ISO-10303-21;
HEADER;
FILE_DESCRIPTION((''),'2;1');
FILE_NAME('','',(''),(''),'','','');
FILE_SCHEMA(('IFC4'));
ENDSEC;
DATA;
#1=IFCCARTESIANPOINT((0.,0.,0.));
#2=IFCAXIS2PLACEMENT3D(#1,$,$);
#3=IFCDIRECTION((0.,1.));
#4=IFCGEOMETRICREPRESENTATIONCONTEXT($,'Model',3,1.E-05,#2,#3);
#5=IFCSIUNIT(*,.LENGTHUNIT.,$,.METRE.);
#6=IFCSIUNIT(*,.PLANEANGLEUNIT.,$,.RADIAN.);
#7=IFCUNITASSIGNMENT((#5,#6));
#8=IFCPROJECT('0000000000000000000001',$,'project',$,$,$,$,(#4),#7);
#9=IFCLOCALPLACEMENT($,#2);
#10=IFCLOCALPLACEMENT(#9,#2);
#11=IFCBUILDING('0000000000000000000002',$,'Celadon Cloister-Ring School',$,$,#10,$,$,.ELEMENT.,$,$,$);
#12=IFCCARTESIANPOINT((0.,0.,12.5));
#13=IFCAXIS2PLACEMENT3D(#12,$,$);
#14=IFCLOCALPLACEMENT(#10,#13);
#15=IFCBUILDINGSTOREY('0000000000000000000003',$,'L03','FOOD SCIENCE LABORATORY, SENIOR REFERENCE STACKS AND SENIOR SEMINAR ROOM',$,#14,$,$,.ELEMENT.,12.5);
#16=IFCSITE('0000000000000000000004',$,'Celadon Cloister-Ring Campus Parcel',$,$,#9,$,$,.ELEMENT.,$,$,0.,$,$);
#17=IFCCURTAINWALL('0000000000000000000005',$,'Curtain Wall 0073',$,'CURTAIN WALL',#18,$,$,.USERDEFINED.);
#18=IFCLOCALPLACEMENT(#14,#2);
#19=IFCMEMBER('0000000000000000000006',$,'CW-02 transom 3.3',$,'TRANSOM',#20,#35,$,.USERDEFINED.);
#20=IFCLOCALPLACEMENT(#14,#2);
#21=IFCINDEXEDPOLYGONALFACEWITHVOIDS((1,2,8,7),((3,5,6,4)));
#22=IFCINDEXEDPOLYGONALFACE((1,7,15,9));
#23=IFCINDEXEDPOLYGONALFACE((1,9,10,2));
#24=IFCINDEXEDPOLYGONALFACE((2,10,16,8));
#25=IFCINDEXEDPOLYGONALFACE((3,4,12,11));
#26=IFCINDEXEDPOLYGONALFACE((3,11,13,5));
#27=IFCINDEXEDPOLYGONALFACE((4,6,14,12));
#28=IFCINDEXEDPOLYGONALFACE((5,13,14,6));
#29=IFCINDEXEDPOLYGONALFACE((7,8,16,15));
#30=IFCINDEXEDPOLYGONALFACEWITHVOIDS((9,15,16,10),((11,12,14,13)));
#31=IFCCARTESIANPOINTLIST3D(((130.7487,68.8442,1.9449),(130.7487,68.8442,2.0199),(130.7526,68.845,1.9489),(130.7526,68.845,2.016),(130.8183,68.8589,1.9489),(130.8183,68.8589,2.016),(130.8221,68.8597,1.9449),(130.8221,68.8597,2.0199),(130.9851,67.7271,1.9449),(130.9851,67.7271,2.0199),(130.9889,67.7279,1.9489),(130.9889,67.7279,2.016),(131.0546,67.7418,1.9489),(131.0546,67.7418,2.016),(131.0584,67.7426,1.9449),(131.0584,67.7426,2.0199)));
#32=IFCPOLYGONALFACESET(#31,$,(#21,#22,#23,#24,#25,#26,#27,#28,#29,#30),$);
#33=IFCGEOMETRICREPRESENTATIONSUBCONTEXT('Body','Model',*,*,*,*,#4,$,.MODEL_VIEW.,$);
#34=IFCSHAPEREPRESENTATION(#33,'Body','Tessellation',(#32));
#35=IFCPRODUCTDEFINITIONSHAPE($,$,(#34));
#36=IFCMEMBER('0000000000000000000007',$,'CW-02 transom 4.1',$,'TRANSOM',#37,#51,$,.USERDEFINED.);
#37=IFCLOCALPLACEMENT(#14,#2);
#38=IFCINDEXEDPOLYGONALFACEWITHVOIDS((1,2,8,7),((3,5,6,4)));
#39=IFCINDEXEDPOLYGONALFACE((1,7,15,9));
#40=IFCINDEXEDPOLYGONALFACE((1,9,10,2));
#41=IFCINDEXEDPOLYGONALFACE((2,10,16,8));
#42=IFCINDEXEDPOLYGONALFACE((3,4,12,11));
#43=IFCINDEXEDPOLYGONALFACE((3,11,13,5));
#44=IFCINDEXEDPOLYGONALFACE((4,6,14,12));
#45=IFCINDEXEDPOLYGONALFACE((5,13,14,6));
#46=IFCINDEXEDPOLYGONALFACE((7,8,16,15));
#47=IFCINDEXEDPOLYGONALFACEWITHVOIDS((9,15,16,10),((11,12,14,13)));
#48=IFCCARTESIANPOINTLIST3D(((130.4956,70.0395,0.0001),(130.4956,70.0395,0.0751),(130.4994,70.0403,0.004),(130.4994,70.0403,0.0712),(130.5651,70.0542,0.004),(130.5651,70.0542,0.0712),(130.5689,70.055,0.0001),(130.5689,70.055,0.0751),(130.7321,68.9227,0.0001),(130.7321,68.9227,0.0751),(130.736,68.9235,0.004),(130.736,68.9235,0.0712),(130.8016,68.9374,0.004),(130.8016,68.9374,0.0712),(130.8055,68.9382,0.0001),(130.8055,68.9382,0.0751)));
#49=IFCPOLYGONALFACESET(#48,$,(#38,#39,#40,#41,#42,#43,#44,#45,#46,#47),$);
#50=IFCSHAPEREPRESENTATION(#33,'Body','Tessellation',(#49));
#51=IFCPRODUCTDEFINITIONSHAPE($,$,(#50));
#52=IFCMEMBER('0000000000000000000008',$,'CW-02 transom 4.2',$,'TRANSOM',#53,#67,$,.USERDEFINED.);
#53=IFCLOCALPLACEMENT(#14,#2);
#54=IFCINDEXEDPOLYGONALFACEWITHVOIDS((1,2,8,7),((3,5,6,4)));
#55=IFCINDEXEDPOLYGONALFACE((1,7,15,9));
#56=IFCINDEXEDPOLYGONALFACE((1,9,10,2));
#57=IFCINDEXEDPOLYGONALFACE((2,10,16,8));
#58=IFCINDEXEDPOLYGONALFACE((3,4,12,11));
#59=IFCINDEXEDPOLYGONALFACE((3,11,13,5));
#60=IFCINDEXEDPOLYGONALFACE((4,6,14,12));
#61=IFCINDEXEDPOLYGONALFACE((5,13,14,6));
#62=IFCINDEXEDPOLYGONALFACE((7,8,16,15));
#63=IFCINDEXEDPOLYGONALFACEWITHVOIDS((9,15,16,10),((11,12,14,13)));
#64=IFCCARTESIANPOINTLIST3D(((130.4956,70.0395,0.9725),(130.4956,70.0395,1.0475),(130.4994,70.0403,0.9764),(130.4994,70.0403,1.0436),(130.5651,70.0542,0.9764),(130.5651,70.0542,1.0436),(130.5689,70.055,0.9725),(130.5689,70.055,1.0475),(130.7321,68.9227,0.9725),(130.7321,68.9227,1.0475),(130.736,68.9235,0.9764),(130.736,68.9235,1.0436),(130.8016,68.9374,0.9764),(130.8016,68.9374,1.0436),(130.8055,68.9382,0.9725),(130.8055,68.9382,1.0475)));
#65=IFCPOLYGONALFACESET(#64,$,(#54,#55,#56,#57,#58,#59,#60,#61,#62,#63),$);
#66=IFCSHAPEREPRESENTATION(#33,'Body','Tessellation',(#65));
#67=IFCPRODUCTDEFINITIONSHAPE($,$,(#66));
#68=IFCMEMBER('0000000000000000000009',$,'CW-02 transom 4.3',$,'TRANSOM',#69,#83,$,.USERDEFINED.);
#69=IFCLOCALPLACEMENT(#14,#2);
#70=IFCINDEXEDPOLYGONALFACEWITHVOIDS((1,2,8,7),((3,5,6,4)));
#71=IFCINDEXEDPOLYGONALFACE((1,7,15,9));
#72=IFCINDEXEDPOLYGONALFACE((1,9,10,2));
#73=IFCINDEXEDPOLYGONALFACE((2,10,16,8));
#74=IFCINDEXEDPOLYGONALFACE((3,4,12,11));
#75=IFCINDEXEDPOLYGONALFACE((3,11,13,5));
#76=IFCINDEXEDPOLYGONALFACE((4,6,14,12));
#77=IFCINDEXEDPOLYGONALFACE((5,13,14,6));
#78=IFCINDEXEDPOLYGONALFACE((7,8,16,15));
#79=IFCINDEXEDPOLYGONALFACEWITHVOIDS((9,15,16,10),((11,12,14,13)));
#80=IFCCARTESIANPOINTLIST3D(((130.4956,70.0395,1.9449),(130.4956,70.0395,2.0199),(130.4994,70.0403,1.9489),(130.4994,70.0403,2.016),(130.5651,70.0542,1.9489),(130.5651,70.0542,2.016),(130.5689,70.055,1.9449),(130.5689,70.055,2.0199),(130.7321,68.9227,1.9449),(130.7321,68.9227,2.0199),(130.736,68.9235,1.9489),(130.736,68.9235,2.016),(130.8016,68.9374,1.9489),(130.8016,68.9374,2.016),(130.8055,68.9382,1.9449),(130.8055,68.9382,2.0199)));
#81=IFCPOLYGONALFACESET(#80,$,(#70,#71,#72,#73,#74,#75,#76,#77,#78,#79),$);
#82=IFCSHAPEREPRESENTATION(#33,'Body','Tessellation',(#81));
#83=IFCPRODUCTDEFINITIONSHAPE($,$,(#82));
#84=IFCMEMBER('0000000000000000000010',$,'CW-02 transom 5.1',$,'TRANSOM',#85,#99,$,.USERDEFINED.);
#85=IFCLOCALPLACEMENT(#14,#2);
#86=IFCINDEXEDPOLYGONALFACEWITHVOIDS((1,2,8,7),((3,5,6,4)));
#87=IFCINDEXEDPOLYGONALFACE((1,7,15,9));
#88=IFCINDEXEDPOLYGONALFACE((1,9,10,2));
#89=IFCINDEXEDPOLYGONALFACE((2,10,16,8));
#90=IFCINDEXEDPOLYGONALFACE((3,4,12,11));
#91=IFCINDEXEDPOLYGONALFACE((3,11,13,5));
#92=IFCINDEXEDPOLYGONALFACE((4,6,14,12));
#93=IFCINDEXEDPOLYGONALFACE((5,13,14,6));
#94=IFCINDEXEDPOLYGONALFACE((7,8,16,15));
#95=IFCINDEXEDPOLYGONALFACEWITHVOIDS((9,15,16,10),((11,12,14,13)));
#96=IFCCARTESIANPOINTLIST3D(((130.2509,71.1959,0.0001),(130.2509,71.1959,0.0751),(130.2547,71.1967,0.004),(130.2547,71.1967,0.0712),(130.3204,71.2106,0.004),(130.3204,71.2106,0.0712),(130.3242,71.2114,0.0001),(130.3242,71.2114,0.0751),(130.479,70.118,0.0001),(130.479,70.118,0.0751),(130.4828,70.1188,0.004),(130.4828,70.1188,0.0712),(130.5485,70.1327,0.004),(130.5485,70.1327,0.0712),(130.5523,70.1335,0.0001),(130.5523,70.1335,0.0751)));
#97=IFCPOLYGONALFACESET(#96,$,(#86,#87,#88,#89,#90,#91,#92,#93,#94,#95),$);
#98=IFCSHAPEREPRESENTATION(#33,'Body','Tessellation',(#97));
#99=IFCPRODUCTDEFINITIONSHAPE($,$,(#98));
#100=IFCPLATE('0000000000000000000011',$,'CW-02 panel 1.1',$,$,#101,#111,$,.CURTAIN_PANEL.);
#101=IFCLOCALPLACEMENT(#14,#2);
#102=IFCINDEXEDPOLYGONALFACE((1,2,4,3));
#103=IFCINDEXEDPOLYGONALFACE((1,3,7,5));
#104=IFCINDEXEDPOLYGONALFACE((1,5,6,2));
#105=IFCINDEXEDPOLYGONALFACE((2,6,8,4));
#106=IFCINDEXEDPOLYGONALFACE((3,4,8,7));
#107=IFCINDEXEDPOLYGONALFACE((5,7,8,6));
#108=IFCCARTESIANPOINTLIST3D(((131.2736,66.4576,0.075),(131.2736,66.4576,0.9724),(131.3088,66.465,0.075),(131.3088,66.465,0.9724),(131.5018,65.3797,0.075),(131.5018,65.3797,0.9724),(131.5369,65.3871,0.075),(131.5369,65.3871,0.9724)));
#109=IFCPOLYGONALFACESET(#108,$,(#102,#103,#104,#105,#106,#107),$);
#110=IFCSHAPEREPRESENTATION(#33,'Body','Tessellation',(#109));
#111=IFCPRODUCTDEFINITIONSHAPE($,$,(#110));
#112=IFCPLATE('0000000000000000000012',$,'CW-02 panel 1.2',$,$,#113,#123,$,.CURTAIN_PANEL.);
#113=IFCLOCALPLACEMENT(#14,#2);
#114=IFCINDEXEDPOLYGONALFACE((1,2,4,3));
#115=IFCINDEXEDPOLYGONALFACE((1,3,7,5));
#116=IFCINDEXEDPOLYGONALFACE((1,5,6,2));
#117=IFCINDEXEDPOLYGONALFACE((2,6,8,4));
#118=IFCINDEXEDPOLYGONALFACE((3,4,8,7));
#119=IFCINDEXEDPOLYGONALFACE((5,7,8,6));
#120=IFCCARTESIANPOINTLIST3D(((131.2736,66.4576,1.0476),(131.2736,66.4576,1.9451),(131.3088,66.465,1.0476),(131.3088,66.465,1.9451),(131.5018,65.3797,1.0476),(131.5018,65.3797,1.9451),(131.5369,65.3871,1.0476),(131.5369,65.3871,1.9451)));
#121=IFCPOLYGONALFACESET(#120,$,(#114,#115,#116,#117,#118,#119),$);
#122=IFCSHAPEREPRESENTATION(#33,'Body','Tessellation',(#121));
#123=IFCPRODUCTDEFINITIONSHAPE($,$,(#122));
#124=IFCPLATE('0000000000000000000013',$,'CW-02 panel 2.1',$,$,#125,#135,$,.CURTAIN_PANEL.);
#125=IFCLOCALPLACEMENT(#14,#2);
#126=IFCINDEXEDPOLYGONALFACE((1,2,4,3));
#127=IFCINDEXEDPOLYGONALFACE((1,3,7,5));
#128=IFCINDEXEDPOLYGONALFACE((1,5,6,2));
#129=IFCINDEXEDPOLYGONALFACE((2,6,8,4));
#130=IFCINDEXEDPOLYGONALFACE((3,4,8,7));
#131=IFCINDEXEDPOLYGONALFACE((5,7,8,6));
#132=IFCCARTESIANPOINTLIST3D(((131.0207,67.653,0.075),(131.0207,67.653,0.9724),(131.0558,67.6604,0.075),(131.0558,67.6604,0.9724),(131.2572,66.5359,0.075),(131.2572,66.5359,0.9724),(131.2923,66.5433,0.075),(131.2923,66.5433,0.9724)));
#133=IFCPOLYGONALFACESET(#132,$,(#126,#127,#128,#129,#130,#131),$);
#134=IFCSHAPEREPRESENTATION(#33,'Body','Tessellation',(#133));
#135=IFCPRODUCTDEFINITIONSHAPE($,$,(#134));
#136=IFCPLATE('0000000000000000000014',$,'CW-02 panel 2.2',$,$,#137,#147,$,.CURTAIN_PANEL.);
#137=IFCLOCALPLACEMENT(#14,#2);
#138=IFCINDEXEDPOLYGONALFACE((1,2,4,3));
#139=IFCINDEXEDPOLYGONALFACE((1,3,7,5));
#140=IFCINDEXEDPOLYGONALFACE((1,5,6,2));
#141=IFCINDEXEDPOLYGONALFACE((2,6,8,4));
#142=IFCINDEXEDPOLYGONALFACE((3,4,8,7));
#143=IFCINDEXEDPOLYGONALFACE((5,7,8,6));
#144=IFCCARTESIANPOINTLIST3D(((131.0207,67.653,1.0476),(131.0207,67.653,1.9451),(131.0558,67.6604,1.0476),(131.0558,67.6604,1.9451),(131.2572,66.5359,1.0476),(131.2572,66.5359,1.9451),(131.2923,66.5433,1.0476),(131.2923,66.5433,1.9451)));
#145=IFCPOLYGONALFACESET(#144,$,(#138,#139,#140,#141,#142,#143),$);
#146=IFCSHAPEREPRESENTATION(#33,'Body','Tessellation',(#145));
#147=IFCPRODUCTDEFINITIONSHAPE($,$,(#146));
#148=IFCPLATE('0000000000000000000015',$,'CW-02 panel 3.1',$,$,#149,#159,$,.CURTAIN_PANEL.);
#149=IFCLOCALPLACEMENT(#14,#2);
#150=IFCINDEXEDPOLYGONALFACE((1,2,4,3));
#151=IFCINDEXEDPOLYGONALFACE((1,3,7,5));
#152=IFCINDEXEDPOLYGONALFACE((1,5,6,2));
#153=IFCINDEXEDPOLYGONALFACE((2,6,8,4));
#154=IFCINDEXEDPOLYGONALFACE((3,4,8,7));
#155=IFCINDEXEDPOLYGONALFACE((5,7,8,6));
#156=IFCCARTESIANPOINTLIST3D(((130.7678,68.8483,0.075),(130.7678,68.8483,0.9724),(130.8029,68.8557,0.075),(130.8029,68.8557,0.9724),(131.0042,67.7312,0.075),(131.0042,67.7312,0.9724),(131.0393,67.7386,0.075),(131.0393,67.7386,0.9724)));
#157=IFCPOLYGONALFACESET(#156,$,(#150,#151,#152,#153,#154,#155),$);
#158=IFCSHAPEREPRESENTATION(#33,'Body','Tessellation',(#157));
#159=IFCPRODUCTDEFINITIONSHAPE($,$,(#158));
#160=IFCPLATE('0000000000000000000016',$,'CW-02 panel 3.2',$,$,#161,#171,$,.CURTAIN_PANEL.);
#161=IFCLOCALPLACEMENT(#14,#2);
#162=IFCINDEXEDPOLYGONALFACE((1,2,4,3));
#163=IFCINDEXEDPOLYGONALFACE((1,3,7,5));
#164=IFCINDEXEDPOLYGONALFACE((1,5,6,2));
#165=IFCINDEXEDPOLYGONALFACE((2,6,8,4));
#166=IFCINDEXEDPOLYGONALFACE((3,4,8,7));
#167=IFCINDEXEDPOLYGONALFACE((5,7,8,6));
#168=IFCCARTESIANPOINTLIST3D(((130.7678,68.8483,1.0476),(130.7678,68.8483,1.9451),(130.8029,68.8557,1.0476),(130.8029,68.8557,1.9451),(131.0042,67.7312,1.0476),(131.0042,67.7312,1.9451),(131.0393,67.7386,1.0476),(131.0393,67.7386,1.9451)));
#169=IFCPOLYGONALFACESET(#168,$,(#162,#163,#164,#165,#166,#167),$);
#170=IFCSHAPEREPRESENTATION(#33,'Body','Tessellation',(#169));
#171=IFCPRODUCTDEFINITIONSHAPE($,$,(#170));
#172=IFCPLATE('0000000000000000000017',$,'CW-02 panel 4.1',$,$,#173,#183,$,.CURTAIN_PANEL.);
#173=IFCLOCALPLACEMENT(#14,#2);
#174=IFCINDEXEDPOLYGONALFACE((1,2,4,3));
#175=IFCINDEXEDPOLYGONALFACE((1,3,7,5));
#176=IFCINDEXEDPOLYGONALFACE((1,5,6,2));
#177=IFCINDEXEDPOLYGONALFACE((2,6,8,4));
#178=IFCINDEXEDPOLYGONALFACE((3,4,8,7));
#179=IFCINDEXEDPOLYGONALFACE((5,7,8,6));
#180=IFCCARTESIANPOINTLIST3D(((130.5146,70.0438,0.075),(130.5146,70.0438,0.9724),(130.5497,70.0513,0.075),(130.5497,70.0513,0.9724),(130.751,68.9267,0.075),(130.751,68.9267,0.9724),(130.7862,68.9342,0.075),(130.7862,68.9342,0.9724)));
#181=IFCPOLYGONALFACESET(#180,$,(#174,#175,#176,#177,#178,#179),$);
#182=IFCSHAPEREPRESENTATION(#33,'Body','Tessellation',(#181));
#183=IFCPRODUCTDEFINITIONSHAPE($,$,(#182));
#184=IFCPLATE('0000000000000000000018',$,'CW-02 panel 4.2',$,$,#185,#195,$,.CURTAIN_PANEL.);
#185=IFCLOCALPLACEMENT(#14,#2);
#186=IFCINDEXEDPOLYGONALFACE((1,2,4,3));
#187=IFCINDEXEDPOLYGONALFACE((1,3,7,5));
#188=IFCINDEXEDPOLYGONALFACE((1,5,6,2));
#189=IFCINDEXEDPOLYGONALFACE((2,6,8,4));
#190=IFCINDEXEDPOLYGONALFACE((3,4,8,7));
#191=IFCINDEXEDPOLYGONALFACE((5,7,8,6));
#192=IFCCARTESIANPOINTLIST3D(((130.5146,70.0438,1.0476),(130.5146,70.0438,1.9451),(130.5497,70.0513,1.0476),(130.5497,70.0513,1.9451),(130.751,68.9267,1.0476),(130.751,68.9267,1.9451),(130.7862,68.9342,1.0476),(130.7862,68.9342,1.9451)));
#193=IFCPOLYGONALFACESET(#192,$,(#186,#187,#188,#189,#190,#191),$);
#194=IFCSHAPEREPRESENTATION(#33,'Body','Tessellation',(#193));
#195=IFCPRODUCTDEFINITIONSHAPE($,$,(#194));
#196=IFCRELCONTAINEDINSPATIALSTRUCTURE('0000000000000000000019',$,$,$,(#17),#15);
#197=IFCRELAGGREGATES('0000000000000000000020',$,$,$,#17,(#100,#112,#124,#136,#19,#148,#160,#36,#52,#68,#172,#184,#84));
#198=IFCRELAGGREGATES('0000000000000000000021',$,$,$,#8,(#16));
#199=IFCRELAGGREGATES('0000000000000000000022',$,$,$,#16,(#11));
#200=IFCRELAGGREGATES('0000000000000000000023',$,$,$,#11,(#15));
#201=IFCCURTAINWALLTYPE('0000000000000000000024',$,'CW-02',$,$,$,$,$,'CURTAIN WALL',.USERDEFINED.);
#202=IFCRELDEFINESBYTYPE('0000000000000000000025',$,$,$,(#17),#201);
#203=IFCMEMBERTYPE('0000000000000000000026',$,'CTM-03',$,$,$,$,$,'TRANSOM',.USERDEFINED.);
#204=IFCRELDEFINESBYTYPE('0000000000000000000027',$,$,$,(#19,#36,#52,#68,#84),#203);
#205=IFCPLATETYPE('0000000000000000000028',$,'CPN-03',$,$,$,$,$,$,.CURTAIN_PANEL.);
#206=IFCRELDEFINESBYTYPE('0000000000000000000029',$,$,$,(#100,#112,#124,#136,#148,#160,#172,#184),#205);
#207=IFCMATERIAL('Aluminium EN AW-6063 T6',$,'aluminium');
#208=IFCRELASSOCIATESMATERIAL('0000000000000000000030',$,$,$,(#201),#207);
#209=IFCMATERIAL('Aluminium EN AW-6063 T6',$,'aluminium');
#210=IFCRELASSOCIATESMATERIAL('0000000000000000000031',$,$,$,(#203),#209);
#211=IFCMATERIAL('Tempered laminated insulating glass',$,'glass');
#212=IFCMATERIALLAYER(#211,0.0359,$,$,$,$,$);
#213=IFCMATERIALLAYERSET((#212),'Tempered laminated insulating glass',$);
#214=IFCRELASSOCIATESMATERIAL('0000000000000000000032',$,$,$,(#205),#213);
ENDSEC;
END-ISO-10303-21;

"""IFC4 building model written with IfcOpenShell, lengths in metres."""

from ifc_helpers import new_model, si_unit, direction, frame, origin, origin_2d, place, context, subcontext, project, spatial, rectangle, hollow_rectangle, extrude, material, layer, layer_set, material_profile, profile_set, type_object, element, aggregate, save


model = new_model("IFC4")

# Units and contexts
model_context = context("Model", 3, precision=1e-05, world=origin(), true_north=direction((0.0, 1.0)))
body_context = subcontext(model_context, "Body", "Model", "MODEL_VIEW")
ifc_project = project(units=[si_unit("LENGTHUNIT", "METRE"), si_unit("PLANEANGLEUNIT", "RADIAN")], contexts=[model_context])

# Site, building, storey
site_placement = place(None, origin())
site = spatial("IfcSite", under=ifc_project, at=site_placement, Name="Celadon Cloister-Ring Campus Parcel", CompositionType="ELEMENT", RefElevation=0.0)
building_placement = place(site_placement, origin())
building = spatial("IfcBuilding", under=site, at=building_placement, Name="Celadon Cloister-Ring School", CompositionType="ELEMENT")
storey_placement = place(building_placement, frame((0.0, 0.0, 12.5)))
storey = spatial("IfcBuildingStorey", under=building, at=storey_placement, Name="L03", Description="FOOD SCIENCE LABORATORY, SENIOR REFERENCE STACKS AND SENIOR SEMINAR ROOM", CompositionType="ELEMENT", Elevation=12.5)

# Curtain wall, members, plates
ifc_material_1 = material(Name="Aluminium EN AW-6063 T6", Category="aluminium")
curtain_wall_type = type_object("IfcCurtainWallType", Name="CW-02", ElementType="CURTAIN WALL", PredefinedType="USERDEFINED", material=ifc_material_1)
curtain_wall_placement = place(storey_placement, origin())
curtain_wall = element("IfcCurtainWall", 1, at=curtain_wall_placement, inside=storey, type_object=curtain_wall_type, Name="Curtain Wall 0073", ObjectType="CURTAIN WALL", PredefinedType="USERDEFINED")
ifc_material_2 = material(Name="Aluminium EN AW-6063 T6", Category="aluminium")
ifc_material_profile_1 = material_profile(ifc_material_2, hollow_rectangle(XDim=0.075, YDim=0.075, WallThickness=0.0039, at=origin_2d()), Name="RHS75X75X4")
ifc_profile_set_1 = profile_set([ifc_material_profile_1], Name="Aluminium EN AW-6063 T6")
member_type_1 = type_object("IfcMemberType", Name="CTM-03", ElementType="TRANSOM", PredefinedType="USERDEFINED", material=ifc_profile_set_1)
member_1_placement = place(storey_placement, frame((131.0217, 67.7349, 1.9824), z_axis=(-0.206959, 0.97835, 0.0), x_axis=(-0.97835, -0.206959, 0.0)))
member_1 = element("IfcMember", 2, at=member_1_placement, type_object=member_type_1, Name="CW-02 transom 3.3", ObjectType="TRANSOM", PredefinedType="USERDEFINED", context=body_context, shape_type="SweptSolid", body=[
    extrude(hollow_rectangle(XDim=0.075, YDim=0.075, WallThickness=0.0039, at=origin_2d()), origin(), (0.0, 0.0, 1.0), 1.1418),
])
member_2_placement = place(storey_placement, frame((130.7688, 68.9304, 0.0376), z_axis=(-0.207207, 0.978297, 0.0), x_axis=(-0.978297, -0.207207, 0.0)))
member_2 = element("IfcMember", 3, at=member_2_placement, type_object=member_type_1, Name="CW-02 transom 4.1", ObjectType="TRANSOM", PredefinedType="USERDEFINED", context=body_context, shape_type="SweptSolid", body=[
    extrude(hollow_rectangle(XDim=0.075, YDim=0.075, WallThickness=0.0039, at=origin_2d()), origin(), (0.0, 0.0, 1.0), 1.1416),
])
member_3_placement = place(storey_placement, frame((130.7688, 68.9304, 1.01), z_axis=(-0.207207, 0.978297, 0.0), x_axis=(-0.978297, -0.207207, 0.0)))
member_3 = element("IfcMember", 4, at=member_3_placement, type_object=member_type_1, Name="CW-02 transom 4.2", ObjectType="TRANSOM", PredefinedType="USERDEFINED", context=body_context, shape_type="SweptSolid", body=[
    extrude(hollow_rectangle(XDim=0.075, YDim=0.075, WallThickness=0.0039, at=origin_2d()), origin(), (0.0, 0.0, 1.0), 1.1416),
])
member_4_placement = place(storey_placement, frame((130.7688, 68.9304, 1.9824), z_axis=(-0.207207, 0.978297, 0.0), x_axis=(-0.978297, -0.207207, 0.0)))
member_4 = element("IfcMember", 5, at=member_4_placement, type_object=member_type_1, Name="CW-02 transom 4.3", ObjectType="TRANSOM", PredefinedType="USERDEFINED", context=body_context, shape_type="SweptSolid", body=[
    extrude(hollow_rectangle(XDim=0.075, YDim=0.075, WallThickness=0.0039, at=origin_2d()), origin(), (0.0, 0.0, 1.0), 1.1416),
])
member_5_placement = place(storey_placement, frame((130.5156, 70.1257, 0.0376), z_axis=(-0.206971, 0.978347, 0.0), x_axis=(-0.978347, -0.206971, 0.0)))
member_5 = element("IfcMember", 6, at=member_5_placement, type_object=member_type_1, Name="CW-02 transom 5.1", ObjectType="TRANSOM", PredefinedType="USERDEFINED", context=body_context, shape_type="SweptSolid", body=[
    extrude(hollow_rectangle(XDim=0.075, YDim=0.075, WallThickness=0.0039, at=origin_2d()), origin(), (0.0, 0.0, 1.0), 1.1018),
])
ifc_material_3 = material(Name="Tempered laminated insulating glass", Category="glass")
ifc_layer = layer(ifc_material_3, 0.0359)
ifc_layer_set = layer_set([ifc_layer], Name="Tempered laminated insulating glass")
plate_type = type_object("IfcPlateType", Name="CPN-03", PredefinedType="CURTAIN_PANEL", material=ifc_layer_set)
plate_1_placement = place(storey_placement, frame((131.4053, 65.9224, 0.075), z_axis=(0.0, 0.0, 1.0), x_axis=(-0.207058, 0.978329, 0.0)))
plate_1 = element("IfcPlate", 7, at=plate_1_placement, type_object=plate_type, Name="CW-02 panel 1.1", PredefinedType="CURTAIN_PANEL", context=body_context, shape_type="SweptSolid", body=[
    extrude(rectangle(XDim=1.1018, YDim=0.0359, at=origin_2d()), origin(), (0.0, 0.0, 1.0), 0.8975),
])
plate_2_placement = place(storey_placement, frame((131.4053, 65.9224, 1.0476), z_axis=(0.0, 0.0, 1.0), x_axis=(-0.207058, 0.978329, 0.0)))
plate_2 = element("IfcPlate", 8, at=plate_2_placement, type_object=plate_type, Name="CW-02 panel 1.2", PredefinedType="CURTAIN_PANEL", context=body_context, shape_type="SweptSolid", body=[
    extrude(rectangle(XDim=1.1018, YDim=0.0359, at=origin_2d()), origin(), (0.0, 0.0, 1.0), 0.8975),
])
plate_3_placement = place(storey_placement, frame((131.1565, 67.0981, 0.075), z_axis=(0.0, 0.0, 1.0), x_axis=(-0.207058, 0.978329, 0.0)))
plate_3 = element("IfcPlate", 9, at=plate_3_placement, type_object=plate_type, Name="CW-02 panel 2.1", PredefinedType="CURTAIN_PANEL", context=body_context, shape_type="SweptSolid", body=[
    extrude(rectangle(XDim=1.1418, YDim=0.0359, at=origin_2d()), origin(), (0.0, 0.0, 1.0), 0.8975),
])
plate_4_placement = place(storey_placement, frame((131.1565, 67.0981, 1.0476), z_axis=(0.0, 0.0, 1.0), x_axis=(-0.207058, 0.978329, 0.0)))
plate_4 = element("IfcPlate", 10, at=plate_4_placement, type_object=plate_type, Name="CW-02 panel 2.2", PredefinedType="CURTAIN_PANEL", context=body_context, shape_type="SweptSolid", body=[
    extrude(rectangle(XDim=1.1418, YDim=0.0359, at=origin_2d()), origin(), (0.0, 0.0, 1.0), 0.8975),
])
plate_5_placement = place(storey_placement, frame((130.9036, 68.2935, 0.075), z_axis=(0.0, 0.0, 1.0), x_axis=(-0.207058, 0.978329, 0.0)))
plate_5 = element("IfcPlate", 11, at=plate_5_placement, type_object=plate_type, Name="CW-02 panel 3.1", PredefinedType="CURTAIN_PANEL", context=body_context, shape_type="SweptSolid", body=[
    extrude(rectangle(XDim=1.1418, YDim=0.0359, at=origin_2d()), origin(), (0.0, 0.0, 1.0), 0.8975),
])
plate_6_placement = place(storey_placement, frame((130.9036, 68.2935, 1.0476), z_axis=(0.0, 0.0, 1.0), x_axis=(-0.207058, 0.978329, 0.0)))
plate_6 = element("IfcPlate", 12, at=plate_6_placement, type_object=plate_type, Name="CW-02 panel 3.2", PredefinedType="CURTAIN_PANEL", context=body_context, shape_type="SweptSolid", body=[
    extrude(rectangle(XDim=1.1418, YDim=0.0359, at=origin_2d()), origin(), (0.0, 0.0, 1.0), 0.8975),
])
plate_7_placement = place(storey_placement, frame((130.6504, 69.489, 0.075), z_axis=(0.0, 0.0, 1.0), x_axis=(-0.207058, 0.978329, 0.0)))
plate_7 = element("IfcPlate", 13, at=plate_7_placement, type_object=plate_type, Name="CW-02 panel 4.1", PredefinedType="CURTAIN_PANEL", context=body_context, shape_type="SweptSolid", body=[
    extrude(rectangle(XDim=1.1418, YDim=0.0359, at=origin_2d()), origin(), (0.0, 0.0, 1.0), 0.8975),
])
plate_8_placement = place(storey_placement, frame((130.6504, 69.489, 1.0476), z_axis=(0.0, 0.0, 1.0), x_axis=(-0.207058, 0.978329, 0.0)))
plate_8 = element("IfcPlate", 14, at=plate_8_placement, type_object=plate_type, Name="CW-02 panel 4.2", PredefinedType="CURTAIN_PANEL", context=body_context, shape_type="SweptSolid", body=[
    extrude(rectangle(XDim=1.1418, YDim=0.0359, at=origin_2d()), origin(), (0.0, 0.0, 1.0), 0.8975),
])
aggregate(curtain_wall, [plate_1, plate_2, plate_3, plate_4, member_1, plate_5, plate_6, member_2, member_3, member_4, plate_7, plate_8, member_5])

save(model, "model.ifc")
